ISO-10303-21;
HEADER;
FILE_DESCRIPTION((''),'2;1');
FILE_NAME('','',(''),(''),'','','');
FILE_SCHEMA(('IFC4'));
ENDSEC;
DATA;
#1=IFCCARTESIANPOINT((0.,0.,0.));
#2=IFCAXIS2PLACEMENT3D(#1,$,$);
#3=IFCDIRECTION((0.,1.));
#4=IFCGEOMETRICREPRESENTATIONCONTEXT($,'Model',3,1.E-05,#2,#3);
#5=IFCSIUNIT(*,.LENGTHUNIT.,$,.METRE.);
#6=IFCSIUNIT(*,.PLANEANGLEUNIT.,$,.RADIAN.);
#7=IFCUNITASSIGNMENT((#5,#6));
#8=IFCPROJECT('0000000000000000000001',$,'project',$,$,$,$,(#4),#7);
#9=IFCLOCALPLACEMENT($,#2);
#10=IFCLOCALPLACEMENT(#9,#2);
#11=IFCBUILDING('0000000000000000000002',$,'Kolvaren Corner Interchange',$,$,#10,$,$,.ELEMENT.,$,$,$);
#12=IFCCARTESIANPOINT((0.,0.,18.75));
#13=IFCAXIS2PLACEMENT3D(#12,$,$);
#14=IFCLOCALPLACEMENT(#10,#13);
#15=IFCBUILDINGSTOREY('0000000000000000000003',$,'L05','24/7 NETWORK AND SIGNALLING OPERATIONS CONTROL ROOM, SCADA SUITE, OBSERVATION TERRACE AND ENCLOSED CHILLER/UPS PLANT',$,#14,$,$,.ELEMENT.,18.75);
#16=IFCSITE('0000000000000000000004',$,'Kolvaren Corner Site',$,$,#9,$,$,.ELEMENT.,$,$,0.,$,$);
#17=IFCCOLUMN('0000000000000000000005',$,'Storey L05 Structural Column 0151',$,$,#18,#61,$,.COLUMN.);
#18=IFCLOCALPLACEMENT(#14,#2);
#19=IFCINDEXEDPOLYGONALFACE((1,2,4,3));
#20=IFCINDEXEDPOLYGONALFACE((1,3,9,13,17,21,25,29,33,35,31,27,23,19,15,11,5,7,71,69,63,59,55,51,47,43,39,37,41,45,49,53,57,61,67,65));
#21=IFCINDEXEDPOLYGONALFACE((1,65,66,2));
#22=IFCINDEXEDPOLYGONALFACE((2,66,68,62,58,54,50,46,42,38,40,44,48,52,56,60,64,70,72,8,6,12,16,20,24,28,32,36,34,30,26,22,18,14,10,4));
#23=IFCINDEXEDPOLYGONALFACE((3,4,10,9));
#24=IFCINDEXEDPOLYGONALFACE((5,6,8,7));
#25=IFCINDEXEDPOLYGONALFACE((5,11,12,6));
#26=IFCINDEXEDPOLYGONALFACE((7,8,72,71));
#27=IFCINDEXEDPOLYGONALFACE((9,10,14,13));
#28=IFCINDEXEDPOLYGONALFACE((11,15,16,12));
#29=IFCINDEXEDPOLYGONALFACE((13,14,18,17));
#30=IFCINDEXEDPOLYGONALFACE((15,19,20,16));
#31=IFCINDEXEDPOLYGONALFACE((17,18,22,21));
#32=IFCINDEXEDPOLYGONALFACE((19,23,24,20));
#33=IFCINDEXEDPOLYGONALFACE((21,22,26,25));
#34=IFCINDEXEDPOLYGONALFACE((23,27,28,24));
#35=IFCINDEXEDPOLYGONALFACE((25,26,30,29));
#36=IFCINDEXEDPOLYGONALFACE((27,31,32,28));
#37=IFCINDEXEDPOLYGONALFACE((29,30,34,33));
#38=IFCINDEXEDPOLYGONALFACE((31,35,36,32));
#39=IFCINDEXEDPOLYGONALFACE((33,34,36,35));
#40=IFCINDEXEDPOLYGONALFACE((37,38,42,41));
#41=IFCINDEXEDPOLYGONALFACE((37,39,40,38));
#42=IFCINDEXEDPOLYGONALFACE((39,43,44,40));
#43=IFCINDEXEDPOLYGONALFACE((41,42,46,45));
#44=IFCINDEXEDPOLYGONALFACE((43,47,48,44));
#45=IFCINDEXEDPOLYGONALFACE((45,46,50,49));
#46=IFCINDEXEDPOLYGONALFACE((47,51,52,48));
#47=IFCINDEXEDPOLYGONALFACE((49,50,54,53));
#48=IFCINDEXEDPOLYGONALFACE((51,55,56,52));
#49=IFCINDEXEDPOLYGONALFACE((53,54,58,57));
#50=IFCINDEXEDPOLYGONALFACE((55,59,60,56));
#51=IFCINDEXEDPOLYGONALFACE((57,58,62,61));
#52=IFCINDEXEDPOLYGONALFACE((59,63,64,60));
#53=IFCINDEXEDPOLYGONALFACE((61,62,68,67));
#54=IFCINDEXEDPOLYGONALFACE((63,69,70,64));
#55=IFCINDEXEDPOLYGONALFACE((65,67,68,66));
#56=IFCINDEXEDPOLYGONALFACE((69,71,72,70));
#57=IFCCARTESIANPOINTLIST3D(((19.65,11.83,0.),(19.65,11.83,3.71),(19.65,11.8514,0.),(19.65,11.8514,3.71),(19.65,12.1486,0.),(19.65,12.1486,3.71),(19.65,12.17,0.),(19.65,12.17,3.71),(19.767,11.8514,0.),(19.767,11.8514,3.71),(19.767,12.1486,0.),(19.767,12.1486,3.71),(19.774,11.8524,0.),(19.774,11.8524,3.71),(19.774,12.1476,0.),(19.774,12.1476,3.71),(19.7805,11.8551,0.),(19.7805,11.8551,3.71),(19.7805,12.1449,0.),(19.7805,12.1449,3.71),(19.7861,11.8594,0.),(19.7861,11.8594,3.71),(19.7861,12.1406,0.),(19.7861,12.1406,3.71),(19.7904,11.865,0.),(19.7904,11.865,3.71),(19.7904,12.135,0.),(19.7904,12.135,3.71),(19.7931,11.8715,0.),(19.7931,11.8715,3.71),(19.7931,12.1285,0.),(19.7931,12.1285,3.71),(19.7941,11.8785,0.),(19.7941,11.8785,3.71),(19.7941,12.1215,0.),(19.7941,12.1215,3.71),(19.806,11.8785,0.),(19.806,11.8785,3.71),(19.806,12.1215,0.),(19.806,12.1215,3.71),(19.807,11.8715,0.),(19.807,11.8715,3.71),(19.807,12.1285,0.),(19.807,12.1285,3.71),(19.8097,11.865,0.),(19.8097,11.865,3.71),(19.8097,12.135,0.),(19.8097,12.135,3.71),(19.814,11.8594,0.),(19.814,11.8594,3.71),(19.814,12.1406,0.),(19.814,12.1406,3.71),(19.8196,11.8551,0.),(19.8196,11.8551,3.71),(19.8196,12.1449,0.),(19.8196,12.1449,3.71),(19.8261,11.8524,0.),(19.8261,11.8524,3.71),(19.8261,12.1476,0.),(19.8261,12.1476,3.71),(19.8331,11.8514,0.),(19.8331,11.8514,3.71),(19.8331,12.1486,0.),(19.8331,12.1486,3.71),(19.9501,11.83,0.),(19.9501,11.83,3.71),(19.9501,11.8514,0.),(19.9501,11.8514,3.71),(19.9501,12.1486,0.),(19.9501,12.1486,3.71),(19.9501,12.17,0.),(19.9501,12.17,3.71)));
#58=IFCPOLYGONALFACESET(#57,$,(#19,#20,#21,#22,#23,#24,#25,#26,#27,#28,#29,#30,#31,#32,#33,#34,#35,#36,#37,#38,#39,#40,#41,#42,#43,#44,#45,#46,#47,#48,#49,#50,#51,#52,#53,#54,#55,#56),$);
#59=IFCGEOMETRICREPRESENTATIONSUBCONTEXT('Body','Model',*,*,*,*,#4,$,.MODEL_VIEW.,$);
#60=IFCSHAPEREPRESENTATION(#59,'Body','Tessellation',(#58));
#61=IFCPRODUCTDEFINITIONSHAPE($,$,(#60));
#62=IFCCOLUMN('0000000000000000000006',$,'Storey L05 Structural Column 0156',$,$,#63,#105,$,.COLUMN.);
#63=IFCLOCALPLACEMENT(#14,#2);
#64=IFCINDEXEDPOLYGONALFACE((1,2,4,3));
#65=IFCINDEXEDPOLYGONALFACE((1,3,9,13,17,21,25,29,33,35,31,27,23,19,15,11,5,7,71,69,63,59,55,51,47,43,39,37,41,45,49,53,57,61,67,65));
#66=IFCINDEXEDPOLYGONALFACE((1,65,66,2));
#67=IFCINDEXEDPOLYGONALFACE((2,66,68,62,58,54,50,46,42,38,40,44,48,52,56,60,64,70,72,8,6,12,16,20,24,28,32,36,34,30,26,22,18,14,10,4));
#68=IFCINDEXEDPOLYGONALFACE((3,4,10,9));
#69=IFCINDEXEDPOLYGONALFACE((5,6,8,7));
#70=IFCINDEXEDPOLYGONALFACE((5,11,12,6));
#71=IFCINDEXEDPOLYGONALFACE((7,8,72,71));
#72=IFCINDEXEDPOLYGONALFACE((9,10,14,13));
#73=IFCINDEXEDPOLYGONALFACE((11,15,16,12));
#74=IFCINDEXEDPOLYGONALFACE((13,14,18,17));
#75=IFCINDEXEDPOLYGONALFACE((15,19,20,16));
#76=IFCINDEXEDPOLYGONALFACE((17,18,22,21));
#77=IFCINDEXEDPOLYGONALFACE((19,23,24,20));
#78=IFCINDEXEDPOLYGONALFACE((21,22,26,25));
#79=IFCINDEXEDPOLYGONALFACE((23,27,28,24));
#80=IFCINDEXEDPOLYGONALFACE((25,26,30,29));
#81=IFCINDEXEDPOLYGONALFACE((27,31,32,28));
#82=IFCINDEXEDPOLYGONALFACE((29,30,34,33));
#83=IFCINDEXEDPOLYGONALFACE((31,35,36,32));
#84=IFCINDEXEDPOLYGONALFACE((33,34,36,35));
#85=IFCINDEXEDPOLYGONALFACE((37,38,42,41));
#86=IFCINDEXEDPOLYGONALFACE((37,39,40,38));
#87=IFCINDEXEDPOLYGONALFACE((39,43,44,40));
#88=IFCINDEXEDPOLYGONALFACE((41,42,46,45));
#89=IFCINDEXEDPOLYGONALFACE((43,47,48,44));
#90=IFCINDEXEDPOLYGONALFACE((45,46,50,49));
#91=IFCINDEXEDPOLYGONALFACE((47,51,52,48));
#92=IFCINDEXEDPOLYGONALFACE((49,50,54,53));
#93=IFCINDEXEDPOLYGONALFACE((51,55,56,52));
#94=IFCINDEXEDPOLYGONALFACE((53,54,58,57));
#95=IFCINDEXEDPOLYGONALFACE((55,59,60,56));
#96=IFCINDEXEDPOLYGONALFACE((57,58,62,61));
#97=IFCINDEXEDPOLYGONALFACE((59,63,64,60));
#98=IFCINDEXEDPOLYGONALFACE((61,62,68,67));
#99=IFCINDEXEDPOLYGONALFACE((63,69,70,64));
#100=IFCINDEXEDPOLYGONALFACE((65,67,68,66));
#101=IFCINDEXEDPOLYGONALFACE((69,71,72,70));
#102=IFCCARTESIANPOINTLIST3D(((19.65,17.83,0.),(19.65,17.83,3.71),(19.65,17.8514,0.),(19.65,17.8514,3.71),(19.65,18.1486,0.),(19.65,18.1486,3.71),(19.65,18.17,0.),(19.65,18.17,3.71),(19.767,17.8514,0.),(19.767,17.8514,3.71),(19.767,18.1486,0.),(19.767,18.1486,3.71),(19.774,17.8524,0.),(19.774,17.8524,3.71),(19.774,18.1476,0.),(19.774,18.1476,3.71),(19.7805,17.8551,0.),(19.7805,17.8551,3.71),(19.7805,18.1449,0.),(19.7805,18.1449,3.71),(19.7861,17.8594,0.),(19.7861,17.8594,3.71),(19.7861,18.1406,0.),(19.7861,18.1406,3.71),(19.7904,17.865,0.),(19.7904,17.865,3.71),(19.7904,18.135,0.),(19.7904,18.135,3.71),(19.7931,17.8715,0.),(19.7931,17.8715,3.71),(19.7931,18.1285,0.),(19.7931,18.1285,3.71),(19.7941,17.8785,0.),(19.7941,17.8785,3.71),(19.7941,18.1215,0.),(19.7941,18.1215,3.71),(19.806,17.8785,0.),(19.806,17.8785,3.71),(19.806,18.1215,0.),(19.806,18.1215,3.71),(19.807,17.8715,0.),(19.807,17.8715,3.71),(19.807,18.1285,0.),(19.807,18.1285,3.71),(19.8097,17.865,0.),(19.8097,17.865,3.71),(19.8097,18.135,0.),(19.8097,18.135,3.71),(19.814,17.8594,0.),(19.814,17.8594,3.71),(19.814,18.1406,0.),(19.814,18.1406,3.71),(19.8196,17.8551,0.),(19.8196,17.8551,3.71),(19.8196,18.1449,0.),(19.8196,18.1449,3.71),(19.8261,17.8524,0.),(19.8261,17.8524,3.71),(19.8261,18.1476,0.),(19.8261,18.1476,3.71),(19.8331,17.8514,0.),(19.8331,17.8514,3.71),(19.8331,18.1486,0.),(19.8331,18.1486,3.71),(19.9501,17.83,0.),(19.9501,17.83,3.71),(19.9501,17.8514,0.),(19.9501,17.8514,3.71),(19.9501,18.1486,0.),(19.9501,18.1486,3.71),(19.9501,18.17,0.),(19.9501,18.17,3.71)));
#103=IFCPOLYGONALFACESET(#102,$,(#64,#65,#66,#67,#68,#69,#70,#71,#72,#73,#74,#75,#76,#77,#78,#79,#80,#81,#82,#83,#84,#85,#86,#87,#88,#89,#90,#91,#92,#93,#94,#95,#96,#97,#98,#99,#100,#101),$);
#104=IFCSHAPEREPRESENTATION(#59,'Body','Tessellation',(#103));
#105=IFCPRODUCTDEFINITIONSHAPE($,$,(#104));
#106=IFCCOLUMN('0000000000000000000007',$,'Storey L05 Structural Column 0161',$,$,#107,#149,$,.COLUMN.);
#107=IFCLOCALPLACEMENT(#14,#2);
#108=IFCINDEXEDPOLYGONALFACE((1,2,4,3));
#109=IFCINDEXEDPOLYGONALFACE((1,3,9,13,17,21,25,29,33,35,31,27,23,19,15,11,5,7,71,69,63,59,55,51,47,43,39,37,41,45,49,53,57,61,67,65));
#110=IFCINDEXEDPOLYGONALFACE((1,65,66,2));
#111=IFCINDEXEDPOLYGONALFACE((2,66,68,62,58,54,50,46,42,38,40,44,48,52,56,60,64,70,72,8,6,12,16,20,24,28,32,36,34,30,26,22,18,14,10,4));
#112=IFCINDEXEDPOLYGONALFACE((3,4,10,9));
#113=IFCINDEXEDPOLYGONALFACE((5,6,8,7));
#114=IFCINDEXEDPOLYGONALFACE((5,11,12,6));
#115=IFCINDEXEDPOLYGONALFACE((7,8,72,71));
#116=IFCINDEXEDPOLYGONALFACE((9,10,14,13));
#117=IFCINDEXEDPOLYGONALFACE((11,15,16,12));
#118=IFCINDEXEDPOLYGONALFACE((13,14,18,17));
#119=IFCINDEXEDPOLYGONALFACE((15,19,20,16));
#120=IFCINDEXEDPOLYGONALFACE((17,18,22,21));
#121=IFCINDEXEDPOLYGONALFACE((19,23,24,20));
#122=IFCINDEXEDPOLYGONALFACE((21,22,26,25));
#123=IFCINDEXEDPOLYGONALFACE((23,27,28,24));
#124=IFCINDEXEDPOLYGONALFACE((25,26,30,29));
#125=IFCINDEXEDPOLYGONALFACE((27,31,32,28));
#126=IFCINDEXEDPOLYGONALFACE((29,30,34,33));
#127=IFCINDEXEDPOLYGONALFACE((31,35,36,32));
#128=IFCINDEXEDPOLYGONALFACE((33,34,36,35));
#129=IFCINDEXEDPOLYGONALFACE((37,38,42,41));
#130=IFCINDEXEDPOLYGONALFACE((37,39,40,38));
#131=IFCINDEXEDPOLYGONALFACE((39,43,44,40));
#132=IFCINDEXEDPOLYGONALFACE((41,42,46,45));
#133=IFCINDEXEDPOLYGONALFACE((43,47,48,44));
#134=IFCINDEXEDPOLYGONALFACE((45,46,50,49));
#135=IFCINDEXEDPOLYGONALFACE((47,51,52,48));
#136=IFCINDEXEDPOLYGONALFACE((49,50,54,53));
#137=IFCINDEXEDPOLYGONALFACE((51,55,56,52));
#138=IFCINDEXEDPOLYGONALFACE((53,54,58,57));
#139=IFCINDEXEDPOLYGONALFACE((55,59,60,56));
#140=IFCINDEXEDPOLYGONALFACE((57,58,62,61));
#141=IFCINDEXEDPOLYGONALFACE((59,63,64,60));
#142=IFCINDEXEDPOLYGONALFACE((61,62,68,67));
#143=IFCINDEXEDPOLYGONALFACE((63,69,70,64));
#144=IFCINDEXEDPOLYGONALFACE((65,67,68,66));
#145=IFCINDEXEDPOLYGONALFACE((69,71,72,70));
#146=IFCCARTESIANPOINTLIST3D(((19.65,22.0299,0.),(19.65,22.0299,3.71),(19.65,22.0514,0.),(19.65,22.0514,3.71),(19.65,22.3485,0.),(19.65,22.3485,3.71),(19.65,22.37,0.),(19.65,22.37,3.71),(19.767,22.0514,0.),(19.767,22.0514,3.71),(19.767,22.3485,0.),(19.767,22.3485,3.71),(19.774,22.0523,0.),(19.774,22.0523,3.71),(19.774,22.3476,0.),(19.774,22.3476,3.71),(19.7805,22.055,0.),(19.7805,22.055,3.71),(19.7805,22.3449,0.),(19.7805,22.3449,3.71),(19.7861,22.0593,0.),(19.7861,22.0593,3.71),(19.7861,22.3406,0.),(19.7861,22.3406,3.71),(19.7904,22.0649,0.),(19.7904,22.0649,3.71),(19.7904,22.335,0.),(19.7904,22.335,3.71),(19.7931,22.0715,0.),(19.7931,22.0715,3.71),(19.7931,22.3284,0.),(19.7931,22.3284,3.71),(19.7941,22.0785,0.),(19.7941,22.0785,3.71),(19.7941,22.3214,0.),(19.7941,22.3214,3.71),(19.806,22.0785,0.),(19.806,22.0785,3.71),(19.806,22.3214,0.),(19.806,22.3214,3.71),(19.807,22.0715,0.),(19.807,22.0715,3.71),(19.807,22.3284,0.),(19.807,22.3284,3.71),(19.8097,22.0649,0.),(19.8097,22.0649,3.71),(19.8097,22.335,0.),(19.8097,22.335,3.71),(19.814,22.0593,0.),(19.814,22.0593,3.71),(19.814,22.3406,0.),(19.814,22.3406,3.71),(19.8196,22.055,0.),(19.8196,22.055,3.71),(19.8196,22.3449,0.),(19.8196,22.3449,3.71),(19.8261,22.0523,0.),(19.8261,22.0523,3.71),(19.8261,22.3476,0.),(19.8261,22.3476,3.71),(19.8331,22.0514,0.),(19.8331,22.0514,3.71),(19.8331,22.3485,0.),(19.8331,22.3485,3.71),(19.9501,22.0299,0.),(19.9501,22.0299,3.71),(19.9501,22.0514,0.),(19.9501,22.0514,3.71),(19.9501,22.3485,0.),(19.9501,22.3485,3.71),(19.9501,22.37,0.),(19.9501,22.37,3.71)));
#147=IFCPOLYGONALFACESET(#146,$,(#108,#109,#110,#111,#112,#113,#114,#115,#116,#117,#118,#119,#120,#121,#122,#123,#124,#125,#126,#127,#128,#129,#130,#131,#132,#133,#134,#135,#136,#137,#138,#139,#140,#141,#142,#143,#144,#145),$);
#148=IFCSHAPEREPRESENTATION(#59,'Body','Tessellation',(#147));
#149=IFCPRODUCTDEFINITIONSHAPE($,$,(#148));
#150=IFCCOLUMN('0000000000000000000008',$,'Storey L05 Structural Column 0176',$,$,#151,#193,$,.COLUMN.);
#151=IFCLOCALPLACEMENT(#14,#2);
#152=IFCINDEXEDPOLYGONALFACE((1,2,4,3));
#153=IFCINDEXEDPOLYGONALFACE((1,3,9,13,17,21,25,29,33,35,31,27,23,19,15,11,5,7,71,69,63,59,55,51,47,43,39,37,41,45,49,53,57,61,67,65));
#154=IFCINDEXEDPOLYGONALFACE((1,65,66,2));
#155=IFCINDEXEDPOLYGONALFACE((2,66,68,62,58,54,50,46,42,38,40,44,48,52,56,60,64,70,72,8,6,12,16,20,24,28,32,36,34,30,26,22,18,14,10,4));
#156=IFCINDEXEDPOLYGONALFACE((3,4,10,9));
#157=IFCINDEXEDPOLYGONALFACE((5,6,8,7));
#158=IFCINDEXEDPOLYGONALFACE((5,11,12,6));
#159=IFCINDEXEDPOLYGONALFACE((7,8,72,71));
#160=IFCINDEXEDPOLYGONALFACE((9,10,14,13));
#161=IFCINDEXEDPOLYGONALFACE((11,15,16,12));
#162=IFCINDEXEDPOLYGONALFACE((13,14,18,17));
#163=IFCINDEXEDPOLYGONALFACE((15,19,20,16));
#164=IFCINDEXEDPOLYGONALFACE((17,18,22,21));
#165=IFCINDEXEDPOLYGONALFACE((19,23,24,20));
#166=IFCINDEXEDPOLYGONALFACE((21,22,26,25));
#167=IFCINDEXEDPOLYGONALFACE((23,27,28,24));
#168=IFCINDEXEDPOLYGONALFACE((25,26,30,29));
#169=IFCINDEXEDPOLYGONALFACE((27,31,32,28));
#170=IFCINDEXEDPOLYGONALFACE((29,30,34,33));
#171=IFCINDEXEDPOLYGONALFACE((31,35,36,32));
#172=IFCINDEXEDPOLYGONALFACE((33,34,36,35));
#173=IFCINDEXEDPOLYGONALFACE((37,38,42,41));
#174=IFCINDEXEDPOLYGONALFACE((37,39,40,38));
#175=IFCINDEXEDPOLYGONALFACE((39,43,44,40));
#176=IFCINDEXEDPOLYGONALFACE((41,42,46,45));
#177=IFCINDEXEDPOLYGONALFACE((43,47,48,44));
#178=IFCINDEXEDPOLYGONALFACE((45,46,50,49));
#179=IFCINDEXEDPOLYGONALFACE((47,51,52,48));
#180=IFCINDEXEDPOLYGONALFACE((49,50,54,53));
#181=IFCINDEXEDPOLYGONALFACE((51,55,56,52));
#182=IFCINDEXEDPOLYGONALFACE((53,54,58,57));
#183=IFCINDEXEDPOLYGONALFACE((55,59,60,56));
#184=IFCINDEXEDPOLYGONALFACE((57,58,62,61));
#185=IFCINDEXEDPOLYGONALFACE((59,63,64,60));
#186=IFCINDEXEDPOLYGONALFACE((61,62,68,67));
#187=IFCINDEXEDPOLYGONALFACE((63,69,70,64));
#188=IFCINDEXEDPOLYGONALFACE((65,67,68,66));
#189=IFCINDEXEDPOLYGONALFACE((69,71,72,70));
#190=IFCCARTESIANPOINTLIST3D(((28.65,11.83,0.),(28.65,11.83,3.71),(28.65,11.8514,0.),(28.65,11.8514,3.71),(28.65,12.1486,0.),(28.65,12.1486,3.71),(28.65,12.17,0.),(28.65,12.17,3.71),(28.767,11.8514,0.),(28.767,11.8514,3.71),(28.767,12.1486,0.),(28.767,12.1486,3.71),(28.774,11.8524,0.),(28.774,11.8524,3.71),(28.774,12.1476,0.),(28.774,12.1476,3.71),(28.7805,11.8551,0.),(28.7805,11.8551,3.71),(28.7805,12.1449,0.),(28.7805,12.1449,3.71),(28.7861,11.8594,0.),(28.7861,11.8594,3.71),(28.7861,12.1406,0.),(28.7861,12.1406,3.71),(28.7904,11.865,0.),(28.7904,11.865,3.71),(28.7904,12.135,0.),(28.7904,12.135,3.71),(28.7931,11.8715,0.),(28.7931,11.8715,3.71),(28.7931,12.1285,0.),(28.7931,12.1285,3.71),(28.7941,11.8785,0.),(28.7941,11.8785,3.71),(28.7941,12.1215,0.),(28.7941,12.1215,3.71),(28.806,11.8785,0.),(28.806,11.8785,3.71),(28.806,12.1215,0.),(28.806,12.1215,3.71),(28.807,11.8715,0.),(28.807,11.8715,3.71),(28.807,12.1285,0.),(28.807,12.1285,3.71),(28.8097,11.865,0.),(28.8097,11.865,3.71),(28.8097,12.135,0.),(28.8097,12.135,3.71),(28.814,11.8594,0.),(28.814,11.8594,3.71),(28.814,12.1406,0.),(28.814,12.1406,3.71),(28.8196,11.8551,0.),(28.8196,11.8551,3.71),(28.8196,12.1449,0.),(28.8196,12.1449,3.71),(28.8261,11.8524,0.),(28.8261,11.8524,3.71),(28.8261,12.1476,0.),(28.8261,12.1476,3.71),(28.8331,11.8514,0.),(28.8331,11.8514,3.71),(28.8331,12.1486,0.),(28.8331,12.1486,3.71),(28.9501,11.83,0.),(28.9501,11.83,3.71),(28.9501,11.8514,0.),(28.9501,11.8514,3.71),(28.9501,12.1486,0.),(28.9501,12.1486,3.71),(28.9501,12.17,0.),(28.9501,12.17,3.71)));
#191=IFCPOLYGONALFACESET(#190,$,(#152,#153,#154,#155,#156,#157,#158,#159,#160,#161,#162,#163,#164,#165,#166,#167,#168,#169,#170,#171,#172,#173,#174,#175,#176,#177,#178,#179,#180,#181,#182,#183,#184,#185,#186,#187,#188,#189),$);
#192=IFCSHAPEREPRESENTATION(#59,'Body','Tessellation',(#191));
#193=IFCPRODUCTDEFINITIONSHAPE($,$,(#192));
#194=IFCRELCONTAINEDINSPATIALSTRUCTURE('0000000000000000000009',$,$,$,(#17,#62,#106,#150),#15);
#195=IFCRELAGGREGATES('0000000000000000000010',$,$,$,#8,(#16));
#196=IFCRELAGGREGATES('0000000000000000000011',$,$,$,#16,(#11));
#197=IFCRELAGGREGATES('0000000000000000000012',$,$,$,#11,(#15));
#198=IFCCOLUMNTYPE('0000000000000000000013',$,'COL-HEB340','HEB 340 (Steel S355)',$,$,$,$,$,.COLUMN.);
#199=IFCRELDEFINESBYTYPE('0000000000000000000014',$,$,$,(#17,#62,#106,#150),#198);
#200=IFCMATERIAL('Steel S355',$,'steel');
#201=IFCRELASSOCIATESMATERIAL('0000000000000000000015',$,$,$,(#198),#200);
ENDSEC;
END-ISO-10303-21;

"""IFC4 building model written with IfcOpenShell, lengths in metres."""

from ifc_helpers import new_model, si_unit, direction, frame, origin, origin_2d, place, context, subcontext, project, spatial, i_section, extrude, material, material_profile, profile_set, type_object, element, save


model = new_model("IFC4")

# Units and contexts
model_context = context("Model", 3, precision=1e-05, world=origin(), true_north=direction((0.0, 1.0)))
body_context = subcontext(model_context, "Body", "Model", "MODEL_VIEW")
ifc_project = project(units=[si_unit("LENGTHUNIT", "METRE"), si_unit("PLANEANGLEUNIT", "RADIAN")], contexts=[model_context])

# Site, building, storey
site_placement = place(None, origin())
site = spatial("IfcSite", under=ifc_project, at=site_placement, Name="Kolvaren Corner Site", CompositionType="ELEMENT", RefElevation=0.0)
building_placement = place(site_placement, origin())
building = spatial("IfcBuilding", under=site, at=building_placement, Name="Kolvaren Corner Interchange", CompositionType="ELEMENT")
storey_placement = place(building_placement, frame((0.0, 0.0, 18.75)))
storey = spatial("IfcBuildingStorey", under=building, at=storey_placement, Name="L05", Description="24/7 NETWORK AND SIGNALLING OPERATIONS CONTROL ROOM, SCADA SUITE, OBSERVATION TERRACE AND ENCLOSED CHILLER/UPS PLANT", CompositionType="ELEMENT", Elevation=18.75)

# Columns
ifc_material_1 = material(Name="Steel S355", Category="steel")
ifc_material_profile_1 = material_profile(ifc_material_1, i_section(OverallWidth=0.3, OverallDepth=0.3401, WebThickness=0.012, FlangeThickness=0.0215, FilletRadius=0.0271, at=origin_2d()), Name="HEB 340")
ifc_profile_set_1 = profile_set([ifc_material_profile_1], Name="Steel S355")
column_type = type_object("IfcColumnType", Name="COL-HEB340", Description="HEB 340 (Steel S355)", PredefinedType="COLUMN", material=ifc_profile_set_1)
for number, where, z_axis, x_axis, name in (
    (1, (19.8, 12.0, 0.0), (0.0, 0.0, 1.0), (1.0, 0.0, 0.0), "Storey L05 Structural Column 0151"),
    (2, (19.8, 18.0, 0.0), (0.0, 0.0, 1.0), (1.0, 0.0, 0.0), "Storey L05 Structural Column 0156"),
    (3, (19.8, 22.2, 0.0), (0.0, 0.0, 1.0), (1.0, 0.0, 0.0), "Storey L05 Structural Column 0161"),
    (4, (28.8, 12.0, 0.0), (0.0, 0.0, 1.0), (1.0, 0.0, 0.0), "Storey L05 Structural Column 0176"),
):
    element("IfcColumn", number, at=place(storey_placement, frame(where, z_axis=z_axis, x_axis=x_axis)), inside=storey, type_object=column_type, Name=name, PredefinedType="COLUMN", context=body_context, shape_type="SweptSolid", body=[
        extrude(i_section(OverallWidth=0.3, OverallDepth=0.3401, WebThickness=0.012, FlangeThickness=0.0215, FilletRadius=0.0271, at=origin_2d()), origin(), (0.0, 0.0, 1.0), 3.71),
    ])

save(model, "model.ifc")
